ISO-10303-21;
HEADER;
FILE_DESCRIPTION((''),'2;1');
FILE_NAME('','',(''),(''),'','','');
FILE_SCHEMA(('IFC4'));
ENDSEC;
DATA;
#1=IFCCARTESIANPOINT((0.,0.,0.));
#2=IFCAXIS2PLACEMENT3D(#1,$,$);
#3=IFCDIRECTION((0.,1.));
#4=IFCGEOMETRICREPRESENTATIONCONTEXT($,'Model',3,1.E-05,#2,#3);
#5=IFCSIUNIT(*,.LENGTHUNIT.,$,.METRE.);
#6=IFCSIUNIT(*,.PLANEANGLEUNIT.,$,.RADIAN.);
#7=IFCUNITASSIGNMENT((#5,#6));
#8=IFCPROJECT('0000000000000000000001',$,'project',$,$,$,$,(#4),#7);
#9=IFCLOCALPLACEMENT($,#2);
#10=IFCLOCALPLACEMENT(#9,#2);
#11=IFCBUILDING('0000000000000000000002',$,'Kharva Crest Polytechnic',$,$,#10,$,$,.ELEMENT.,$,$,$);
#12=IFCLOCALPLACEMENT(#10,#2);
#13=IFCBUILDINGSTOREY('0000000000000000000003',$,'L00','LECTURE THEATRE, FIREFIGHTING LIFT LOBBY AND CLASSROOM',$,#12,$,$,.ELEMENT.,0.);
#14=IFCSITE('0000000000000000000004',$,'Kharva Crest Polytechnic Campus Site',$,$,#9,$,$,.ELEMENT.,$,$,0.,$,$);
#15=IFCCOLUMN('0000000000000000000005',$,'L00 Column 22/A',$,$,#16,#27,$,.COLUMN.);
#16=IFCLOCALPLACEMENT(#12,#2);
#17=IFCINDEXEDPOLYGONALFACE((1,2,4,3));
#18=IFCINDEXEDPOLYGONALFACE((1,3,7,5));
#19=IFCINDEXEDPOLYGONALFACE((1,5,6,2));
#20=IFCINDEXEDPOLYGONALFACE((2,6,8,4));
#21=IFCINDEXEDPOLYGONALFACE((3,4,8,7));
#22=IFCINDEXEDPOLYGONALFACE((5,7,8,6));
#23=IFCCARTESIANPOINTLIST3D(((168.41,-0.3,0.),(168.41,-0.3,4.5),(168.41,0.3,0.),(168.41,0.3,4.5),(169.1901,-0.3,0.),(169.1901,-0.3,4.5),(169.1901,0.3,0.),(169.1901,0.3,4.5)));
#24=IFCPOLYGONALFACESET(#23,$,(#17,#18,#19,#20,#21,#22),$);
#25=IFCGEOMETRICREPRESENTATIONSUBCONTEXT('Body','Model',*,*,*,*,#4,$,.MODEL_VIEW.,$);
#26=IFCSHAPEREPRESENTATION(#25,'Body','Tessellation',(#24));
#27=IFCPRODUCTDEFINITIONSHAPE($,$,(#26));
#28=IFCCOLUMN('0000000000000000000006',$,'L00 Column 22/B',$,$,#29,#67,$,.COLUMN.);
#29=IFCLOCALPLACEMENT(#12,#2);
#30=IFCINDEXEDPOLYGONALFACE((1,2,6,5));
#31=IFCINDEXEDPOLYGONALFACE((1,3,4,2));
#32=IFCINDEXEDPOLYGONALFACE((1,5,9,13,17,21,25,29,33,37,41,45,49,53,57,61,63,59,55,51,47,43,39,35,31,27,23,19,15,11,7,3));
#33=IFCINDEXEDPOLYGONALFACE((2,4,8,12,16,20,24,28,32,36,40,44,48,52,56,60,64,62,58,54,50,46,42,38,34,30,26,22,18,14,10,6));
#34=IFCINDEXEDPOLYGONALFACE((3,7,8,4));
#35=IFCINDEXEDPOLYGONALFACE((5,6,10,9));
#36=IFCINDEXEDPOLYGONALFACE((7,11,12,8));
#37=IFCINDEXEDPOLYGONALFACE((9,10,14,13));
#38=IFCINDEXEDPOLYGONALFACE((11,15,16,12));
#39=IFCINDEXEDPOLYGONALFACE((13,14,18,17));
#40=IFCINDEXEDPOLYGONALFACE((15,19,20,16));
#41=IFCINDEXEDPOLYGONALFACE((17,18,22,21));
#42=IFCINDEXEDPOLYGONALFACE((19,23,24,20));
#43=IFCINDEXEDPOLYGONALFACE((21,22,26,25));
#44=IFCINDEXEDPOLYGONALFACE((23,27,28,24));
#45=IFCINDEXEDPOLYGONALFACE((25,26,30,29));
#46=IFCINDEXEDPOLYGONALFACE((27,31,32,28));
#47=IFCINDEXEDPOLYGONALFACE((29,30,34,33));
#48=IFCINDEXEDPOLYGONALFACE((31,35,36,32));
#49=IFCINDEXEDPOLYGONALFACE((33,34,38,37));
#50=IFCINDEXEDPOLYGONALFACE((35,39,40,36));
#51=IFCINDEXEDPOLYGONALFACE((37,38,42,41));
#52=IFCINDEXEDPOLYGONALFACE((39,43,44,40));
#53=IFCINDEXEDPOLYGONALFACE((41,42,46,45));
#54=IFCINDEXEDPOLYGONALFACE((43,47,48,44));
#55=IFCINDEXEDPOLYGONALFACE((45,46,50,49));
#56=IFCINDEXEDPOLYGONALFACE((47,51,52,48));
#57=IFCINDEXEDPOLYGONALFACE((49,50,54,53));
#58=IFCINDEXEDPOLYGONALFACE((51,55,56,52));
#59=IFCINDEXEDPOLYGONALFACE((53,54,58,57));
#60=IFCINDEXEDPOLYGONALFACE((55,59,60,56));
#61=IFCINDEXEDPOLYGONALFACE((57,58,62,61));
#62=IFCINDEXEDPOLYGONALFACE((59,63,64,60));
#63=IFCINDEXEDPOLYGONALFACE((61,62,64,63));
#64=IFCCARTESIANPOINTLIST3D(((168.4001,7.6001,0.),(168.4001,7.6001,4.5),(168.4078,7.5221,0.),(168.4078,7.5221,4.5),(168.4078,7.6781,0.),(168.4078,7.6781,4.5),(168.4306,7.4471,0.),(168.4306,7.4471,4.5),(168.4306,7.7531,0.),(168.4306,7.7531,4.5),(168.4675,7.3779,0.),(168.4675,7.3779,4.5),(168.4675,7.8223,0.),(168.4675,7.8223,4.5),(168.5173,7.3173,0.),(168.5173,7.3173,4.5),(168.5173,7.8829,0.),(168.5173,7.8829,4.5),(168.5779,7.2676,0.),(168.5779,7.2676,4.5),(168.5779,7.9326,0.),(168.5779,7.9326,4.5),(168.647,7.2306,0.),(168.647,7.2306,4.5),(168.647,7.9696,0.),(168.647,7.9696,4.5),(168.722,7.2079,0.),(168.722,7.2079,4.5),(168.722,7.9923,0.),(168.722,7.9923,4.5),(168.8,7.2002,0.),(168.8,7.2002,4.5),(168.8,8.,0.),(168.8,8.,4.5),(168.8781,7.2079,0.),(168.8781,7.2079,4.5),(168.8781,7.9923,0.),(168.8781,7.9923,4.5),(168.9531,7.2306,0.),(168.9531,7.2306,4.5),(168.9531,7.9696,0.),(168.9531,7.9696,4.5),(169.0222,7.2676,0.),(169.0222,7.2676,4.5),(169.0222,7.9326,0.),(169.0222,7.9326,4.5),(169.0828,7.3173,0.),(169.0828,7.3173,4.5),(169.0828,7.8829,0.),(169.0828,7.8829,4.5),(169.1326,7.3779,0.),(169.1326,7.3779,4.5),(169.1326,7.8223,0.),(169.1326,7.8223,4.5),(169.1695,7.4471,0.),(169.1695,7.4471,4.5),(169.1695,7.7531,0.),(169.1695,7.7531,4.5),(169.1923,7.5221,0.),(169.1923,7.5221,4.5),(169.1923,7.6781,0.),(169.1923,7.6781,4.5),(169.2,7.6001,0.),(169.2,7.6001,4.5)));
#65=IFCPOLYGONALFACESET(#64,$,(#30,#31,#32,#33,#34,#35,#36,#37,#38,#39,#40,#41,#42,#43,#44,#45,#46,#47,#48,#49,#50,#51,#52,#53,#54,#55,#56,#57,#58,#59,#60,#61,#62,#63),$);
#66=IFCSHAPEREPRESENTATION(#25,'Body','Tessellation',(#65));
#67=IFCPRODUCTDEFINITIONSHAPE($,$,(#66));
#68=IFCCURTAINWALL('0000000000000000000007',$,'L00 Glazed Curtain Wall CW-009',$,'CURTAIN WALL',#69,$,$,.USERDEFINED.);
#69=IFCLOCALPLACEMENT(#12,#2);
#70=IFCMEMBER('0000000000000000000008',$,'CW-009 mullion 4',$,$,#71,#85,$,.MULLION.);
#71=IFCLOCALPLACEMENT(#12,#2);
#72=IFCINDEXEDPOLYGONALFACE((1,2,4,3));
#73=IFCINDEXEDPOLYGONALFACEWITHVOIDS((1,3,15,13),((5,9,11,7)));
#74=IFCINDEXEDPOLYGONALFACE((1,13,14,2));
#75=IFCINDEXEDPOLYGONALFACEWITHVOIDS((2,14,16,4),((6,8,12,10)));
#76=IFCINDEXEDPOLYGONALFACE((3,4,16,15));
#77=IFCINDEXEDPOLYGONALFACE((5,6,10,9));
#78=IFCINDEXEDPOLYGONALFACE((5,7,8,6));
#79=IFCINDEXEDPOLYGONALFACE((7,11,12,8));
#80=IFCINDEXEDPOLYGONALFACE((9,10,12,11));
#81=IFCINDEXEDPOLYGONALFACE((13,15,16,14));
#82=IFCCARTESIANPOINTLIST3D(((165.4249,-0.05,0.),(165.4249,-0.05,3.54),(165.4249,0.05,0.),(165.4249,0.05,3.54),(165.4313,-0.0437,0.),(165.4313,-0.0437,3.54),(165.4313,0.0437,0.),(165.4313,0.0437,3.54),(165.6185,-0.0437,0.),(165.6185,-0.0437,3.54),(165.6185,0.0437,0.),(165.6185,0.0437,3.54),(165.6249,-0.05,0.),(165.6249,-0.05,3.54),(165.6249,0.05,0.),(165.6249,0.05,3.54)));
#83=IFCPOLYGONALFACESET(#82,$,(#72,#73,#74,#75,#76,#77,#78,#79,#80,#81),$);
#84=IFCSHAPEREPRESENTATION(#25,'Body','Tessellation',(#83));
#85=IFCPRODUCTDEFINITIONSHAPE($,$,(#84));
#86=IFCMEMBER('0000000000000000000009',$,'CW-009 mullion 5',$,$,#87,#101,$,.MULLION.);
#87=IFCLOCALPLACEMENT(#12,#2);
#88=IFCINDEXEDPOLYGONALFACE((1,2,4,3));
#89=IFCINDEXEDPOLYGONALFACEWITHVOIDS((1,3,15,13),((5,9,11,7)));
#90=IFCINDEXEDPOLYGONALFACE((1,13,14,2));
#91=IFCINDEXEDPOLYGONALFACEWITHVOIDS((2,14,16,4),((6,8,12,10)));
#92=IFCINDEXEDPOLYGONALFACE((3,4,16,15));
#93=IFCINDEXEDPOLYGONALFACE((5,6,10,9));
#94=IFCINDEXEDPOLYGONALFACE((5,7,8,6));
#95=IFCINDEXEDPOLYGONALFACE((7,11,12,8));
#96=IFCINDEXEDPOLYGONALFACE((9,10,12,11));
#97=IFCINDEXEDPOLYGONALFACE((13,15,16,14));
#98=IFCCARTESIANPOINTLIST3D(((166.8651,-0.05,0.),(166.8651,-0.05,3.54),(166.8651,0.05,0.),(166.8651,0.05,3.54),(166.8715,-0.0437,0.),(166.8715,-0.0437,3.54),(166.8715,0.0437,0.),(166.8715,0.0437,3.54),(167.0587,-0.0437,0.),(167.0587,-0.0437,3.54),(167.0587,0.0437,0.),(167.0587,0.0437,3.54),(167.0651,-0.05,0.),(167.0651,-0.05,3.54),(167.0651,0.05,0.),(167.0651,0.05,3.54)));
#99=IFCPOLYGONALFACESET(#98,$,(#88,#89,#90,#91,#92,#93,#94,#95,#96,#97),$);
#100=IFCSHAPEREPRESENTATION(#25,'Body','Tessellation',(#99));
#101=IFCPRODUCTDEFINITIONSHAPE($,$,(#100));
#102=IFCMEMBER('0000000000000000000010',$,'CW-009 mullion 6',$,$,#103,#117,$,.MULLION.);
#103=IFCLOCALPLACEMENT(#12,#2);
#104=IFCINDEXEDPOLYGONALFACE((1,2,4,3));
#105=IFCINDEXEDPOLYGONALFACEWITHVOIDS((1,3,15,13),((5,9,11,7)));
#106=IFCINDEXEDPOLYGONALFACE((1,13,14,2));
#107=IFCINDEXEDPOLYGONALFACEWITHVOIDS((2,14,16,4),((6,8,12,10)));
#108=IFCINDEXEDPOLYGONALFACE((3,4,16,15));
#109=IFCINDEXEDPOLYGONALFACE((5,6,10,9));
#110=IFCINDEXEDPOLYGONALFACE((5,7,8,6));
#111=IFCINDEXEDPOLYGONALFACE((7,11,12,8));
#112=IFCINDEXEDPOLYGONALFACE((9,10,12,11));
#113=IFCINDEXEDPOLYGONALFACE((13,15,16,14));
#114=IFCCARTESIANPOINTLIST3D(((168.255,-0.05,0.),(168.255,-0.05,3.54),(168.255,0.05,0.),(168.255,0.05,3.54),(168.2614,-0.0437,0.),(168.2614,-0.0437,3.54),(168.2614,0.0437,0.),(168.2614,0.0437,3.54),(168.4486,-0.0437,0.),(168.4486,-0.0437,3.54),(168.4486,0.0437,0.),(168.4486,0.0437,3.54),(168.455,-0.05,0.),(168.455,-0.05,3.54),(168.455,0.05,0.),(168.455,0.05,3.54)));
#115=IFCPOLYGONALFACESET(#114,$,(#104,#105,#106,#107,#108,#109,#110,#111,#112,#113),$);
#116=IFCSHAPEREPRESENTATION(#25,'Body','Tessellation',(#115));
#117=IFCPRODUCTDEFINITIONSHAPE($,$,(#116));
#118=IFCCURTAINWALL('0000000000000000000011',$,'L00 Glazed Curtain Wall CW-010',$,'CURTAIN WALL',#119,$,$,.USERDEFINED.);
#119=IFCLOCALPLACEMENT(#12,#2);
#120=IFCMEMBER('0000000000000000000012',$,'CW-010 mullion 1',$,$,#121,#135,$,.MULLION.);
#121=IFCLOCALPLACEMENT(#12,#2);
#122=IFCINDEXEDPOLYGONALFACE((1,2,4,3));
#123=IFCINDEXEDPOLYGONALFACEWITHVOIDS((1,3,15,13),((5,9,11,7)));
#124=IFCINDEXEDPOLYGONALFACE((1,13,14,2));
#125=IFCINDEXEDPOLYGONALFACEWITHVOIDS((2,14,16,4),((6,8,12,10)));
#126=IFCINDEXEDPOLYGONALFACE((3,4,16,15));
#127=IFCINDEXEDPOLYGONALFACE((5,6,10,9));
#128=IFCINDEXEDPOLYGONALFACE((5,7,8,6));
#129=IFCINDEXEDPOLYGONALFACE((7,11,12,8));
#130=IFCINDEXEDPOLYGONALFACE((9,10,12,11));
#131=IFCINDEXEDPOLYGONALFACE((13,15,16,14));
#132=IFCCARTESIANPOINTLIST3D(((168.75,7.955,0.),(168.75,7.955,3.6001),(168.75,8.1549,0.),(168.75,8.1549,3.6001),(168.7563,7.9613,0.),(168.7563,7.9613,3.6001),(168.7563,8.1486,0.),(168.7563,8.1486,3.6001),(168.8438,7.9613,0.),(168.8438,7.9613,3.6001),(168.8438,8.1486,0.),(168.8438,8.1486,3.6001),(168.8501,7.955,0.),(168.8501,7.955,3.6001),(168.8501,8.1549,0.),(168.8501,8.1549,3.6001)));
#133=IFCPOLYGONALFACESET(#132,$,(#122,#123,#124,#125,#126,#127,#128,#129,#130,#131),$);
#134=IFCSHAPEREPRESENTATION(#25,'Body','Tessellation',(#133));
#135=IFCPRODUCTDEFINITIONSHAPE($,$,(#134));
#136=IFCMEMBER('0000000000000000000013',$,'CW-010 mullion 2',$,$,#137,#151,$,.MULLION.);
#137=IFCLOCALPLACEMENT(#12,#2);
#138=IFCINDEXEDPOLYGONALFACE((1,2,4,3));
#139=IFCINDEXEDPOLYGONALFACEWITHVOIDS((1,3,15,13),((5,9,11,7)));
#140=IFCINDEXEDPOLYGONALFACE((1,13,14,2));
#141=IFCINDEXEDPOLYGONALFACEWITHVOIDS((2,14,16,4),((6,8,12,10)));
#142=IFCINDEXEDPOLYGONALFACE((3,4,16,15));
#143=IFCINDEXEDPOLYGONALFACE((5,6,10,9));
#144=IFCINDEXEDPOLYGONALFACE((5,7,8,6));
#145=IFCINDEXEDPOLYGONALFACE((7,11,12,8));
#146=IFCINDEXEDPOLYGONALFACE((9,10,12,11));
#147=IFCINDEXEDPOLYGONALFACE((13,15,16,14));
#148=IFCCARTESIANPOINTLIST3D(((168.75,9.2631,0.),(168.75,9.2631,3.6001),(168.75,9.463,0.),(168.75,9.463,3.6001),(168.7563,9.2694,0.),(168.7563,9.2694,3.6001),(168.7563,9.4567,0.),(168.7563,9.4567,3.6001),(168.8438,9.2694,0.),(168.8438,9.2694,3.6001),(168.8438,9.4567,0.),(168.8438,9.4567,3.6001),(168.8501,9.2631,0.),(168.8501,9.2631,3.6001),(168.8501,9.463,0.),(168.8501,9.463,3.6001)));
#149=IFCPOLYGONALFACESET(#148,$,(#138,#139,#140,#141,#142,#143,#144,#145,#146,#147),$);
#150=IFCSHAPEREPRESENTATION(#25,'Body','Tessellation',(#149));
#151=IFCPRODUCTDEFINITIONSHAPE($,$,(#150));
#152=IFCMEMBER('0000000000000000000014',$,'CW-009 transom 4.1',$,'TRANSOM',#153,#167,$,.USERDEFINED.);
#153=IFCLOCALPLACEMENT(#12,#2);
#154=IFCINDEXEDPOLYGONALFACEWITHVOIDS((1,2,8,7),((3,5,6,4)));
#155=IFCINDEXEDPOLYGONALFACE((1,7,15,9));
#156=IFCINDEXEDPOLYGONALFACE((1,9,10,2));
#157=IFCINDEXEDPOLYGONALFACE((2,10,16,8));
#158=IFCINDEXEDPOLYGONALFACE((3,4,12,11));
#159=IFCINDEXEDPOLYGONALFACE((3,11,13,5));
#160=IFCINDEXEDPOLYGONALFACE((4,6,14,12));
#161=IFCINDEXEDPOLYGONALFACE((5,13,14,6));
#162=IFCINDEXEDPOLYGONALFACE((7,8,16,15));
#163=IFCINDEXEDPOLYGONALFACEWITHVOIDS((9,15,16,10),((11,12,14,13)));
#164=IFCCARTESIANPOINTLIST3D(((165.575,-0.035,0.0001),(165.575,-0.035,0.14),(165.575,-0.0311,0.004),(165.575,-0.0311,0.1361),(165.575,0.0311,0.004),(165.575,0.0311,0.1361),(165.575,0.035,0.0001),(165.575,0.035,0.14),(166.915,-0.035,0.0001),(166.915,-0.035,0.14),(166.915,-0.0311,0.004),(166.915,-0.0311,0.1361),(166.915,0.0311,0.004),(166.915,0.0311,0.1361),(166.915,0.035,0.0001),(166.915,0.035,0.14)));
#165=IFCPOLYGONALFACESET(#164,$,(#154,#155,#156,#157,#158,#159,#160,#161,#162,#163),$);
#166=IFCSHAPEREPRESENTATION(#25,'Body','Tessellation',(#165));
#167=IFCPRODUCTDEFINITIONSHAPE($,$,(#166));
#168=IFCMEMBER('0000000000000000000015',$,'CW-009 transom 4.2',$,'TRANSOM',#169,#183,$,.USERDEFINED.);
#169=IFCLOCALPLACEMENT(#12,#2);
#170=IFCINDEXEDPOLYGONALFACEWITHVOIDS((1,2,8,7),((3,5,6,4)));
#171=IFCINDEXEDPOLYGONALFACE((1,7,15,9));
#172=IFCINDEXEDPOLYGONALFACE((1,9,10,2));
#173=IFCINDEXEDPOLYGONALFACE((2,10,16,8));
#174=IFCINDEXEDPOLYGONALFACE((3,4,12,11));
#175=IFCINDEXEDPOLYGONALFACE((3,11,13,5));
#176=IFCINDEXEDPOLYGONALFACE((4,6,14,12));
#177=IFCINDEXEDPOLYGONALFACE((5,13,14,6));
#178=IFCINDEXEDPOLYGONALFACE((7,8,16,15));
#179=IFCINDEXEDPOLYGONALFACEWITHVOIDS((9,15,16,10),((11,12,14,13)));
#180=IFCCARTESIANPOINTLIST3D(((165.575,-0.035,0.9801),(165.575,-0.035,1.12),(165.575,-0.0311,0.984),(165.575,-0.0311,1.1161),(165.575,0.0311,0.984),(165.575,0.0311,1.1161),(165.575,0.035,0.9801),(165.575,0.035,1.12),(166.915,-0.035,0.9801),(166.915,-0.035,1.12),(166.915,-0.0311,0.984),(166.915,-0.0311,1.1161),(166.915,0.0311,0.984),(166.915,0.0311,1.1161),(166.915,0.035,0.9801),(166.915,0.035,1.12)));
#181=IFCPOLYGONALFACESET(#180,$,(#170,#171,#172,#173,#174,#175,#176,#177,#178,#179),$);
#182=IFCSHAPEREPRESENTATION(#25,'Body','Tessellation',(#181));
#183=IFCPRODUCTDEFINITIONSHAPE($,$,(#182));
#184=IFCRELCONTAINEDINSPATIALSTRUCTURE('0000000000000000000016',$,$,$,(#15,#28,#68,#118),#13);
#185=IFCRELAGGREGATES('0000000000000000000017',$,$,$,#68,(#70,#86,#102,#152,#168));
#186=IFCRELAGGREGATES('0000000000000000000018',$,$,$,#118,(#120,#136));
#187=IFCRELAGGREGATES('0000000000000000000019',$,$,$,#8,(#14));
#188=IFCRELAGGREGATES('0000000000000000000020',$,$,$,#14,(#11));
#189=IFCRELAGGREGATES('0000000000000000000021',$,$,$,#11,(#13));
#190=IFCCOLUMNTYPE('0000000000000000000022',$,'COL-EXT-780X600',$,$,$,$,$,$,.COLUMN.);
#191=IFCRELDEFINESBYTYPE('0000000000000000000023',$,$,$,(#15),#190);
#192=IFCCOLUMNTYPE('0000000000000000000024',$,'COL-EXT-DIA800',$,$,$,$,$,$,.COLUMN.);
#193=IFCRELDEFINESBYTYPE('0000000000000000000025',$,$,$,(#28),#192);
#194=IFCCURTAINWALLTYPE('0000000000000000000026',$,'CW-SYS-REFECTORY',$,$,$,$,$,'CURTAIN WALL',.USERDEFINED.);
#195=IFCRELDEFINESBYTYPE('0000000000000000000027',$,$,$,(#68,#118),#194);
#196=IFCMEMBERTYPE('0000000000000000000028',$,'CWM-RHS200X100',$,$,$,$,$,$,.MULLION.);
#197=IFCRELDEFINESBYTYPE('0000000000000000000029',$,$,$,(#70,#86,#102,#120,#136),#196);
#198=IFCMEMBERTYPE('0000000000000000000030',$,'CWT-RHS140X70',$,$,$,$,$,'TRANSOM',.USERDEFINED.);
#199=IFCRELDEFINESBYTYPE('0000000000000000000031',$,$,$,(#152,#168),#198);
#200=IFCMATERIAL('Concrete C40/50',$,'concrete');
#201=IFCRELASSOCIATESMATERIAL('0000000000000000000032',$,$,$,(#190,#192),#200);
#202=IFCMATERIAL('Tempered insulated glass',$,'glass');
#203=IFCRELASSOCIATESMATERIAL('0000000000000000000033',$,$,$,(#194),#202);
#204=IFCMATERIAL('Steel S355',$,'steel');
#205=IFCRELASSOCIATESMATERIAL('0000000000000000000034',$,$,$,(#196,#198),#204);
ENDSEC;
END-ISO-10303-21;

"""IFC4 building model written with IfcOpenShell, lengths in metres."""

from ifc_helpers import new_model, si_unit, direction, frame, origin, origin_2d, place, context, subcontext, project, spatial, rectangle, hollow_rectangle, circle, extrude, material, material_profile, profile_set, type_object, element, aggregate, save


model = new_model("IFC4")

# Units and contexts
model_context = context("Model", 3, precision=1e-05, world=origin(), true_north=direction((0.0, 1.0)))
body_context = subcontext(model_context, "Body", "Model", "MODEL_VIEW")
ifc_project = project(units=[si_unit("LENGTHUNIT", "METRE"), si_unit("PLANEANGLEUNIT", "RADIAN")], contexts=[model_context])

# Site, building, storey
site_placement = place(None, origin())
site = spatial("IfcSite", under=ifc_project, at=site_placement, Name="Kharva Crest Polytechnic Campus Site", CompositionType="ELEMENT", RefElevation=0.0)
building_placement = place(site_placement, origin())
building = spatial("IfcBuilding", under=site, at=building_placement, Name="Kharva Crest Polytechnic", CompositionType="ELEMENT")
storey_placement = place(building_placement, origin())
storey = spatial("IfcBuildingStorey", under=building, at=storey_placement, Name="L00", Description="LECTURE THEATRE, FIREFIGHTING LIFT LOBBY AND CLASSROOM", CompositionType="ELEMENT", Elevation=0.0)

# Columns
ifc_material_1 = material(Name="Concrete C40/50", Category="concrete")
ifc_material_profile_1 = material_profile(ifc_material_1, rectangle(XDim=0.78, YDim=0.6001, at=origin_2d()), Name="RECT 780 X 600")
ifc_profile_set_1 = profile_set([ifc_material_profile_1], Name="Concrete C40/50")
column_type_1 = type_object("IfcColumnType", Name="COL-EXT-780X600", PredefinedType="COLUMN", material=ifc_profile_set_1)
column_1_placement = place(storey_placement, frame((168.8, 0.0, 0.0), z_axis=(0.0, 0.0, 1.0), x_axis=(1.0, 0.0, 0.0)))
element("IfcColumn", 1, at=column_1_placement, inside=storey, type_object=column_type_1, Name="L00 Column 22/A", PredefinedType="COLUMN", context=body_context, shape_type="SweptSolid", body=[
    extrude(rectangle(XDim=0.78, YDim=0.6001, at=origin_2d()), origin(), (0.0, 0.0, 1.0), 4.5),
])
ifc_material_profile_2 = material_profile(ifc_material_1, circle(Radius=0.3999, at=origin_2d()), Name="DIA 800")
ifc_profile_set_2 = profile_set([ifc_material_profile_2], Name="Concrete C40/50")
column_type_2 = type_object("IfcColumnType", Name="COL-EXT-DIA800", PredefinedType="COLUMN", material=ifc_profile_set_2)
column_2_placement = place(storey_placement, frame((168.8, 7.6001, 0.0), z_axis=(0.0, 0.0, 1.0), x_axis=(1.0, 0.0, 0.0)))
element("IfcColumn", 2, at=column_2_placement, inside=storey, type_object=column_type_2, Name="L00 Column 22/B", PredefinedType="COLUMN", context=body_context, shape_type="SweptSolid", body=[
    extrude(circle(Radius=0.3999, at=origin_2d()), origin(), (0.0, 0.0, 1.0), 4.5),
])

# Curtain walls, members
ifc_material_2 = material(Name="Tempered insulated glass", Category="glass")
curtain_wall_type = type_object("IfcCurtainWallType", Name="CW-SYS-REFECTORY", ElementType="CURTAIN WALL", PredefinedType="USERDEFINED", material=ifc_material_2)
curtain_wall_1_placement = place(storey_placement, origin())
curtain_wall_1 = element("IfcCurtainWall", 3, at=curtain_wall_1_placement, inside=storey, type_object=curtain_wall_type, Name="L00 Glazed Curtain Wall CW-009", ObjectType="CURTAIN WALL", PredefinedType="USERDEFINED")
ifc_material_3 = material(Name="Steel S355", Category="steel")
ifc_material_profile_3 = material_profile(ifc_material_3, hollow_rectangle(XDim=0.1001, YDim=0.2, WallThickness=0.0063, at=origin_2d()), Name="RHS 200X100X6.3")
ifc_profile_set_3 = profile_set([ifc_material_profile_3], Name="Steel S355")
member_type_1 = type_object("IfcMemberType", Name="CWM-RHS200X100", PredefinedType="MULLION", material=ifc_profile_set_3)
member_1_placement = place(storey_placement, frame((165.5249, 0.0, 0.0), z_axis=(0.0, 0.0, 1.0), x_axis=(0.0, 1.0, 0.0)))
member_1 = element("IfcMember", 4, at=member_1_placement, type_object=member_type_1, Name="CW-009 mullion 4", PredefinedType="MULLION", context=body_context, shape_type="SweptSolid", body=[
    extrude(hollow_rectangle(XDim=0.1001, YDim=0.2, WallThickness=0.0063, at=origin_2d()), origin(), (0.0, 0.0, 1.0), 3.54),
])
member_2_placement = place(storey_placement, frame((166.9651, 0.0, 0.0), z_axis=(0.0, 0.0, 1.0), x_axis=(0.0, 1.0, 0.0)))
member_2 = element("IfcMember", 5, at=member_2_placement, type_object=member_type_1, Name="CW-009 mullion 5", PredefinedType="MULLION", context=body_context, shape_type="SweptSolid", body=[
    extrude(hollow_rectangle(XDim=0.1001, YDim=0.2, WallThickness=0.0063, at=origin_2d()), origin(), (0.0, 0.0, 1.0), 3.54),
])
member_3_placement = place(storey_placement, frame((168.355, 0.0, 0.0), z_axis=(0.0, 0.0, 1.0), x_axis=(0.0, 1.0, 0.0)))
member_3 = element("IfcMember", 6, at=member_3_placement, type_object=member_type_1, Name="CW-009 mullion 6", PredefinedType="MULLION", context=body_context, shape_type="SweptSolid", body=[
    extrude(hollow_rectangle(XDim=0.1001, YDim=0.2, WallThickness=0.0063, at=origin_2d()), origin(), (0.0, 0.0, 1.0), 3.54),
])
curtain_wall_2_placement = place(storey_placement, origin())
curtain_wall_2 = element("IfcCurtainWall", 7, at=curtain_wall_2_placement, inside=storey, type_object=curtain_wall_type, Name="L00 Glazed Curtain Wall CW-010", ObjectType="CURTAIN WALL", PredefinedType="USERDEFINED")
member_4_placement = place(storey_placement, frame((168.8, 8.0549, 0.0), z_axis=(0.0, 0.0, 1.0), x_axis=(-1.0, 0.0, 0.0)))
member_4 = element("IfcMember", 8, at=member_4_placement, type_object=member_type_1, Name="CW-010 mullion 1", PredefinedType="MULLION", context=body_context, shape_type="SweptSolid", body=[
    extrude(hollow_rectangle(XDim=0.1001, YDim=0.2, WallThickness=0.0063, at=origin_2d()), origin(), (0.0, 0.0, 1.0), 3.6001),
])
member_5_placement = place(storey_placement, frame((168.8, 9.363, 0.0), z_axis=(0.0, 0.0, 1.0), x_axis=(-1.0, 0.0, 0.0)))
member_5 = element("IfcMember", 9, at=member_5_placement, type_object=member_type_1, Name="CW-010 mullion 2", PredefinedType="MULLION", context=body_context, shape_type="SweptSolid", body=[
    extrude(hollow_rectangle(XDim=0.1001, YDim=0.2, WallThickness=0.0063, at=origin_2d()), origin(), (0.0, 0.0, 1.0), 3.6001),
])

# Members
ifc_material_profile_4 = material_profile(ifc_material_3, hollow_rectangle(XDim=0.0701, YDim=0.1399, WallThickness=0.0039, at=origin_2d()), Name="RHS 140X70X4.0")
ifc_profile_set_4 = profile_set([ifc_material_profile_4], Name="Steel S355")
member_type_2 = type_object("IfcMemberType", Name="CWT-RHS140X70", ElementType="TRANSOM", PredefinedType="USERDEFINED", material=ifc_profile_set_4)
member_6_placement = place(storey_placement, frame((165.575, 0.0, 0.0701), z_axis=(1.0, 0.0, 0.0), x_axis=(0.0, 1.0, 0.0)))
member_6 = element("IfcMember", 10, at=member_6_placement, type_object=member_type_2, Name="CW-009 transom 4.1", ObjectType="TRANSOM", PredefinedType="USERDEFINED", context=body_context, shape_type="SweptSolid", body=[
    extrude(hollow_rectangle(XDim=0.0701, YDim=0.1399, WallThickness=0.0039, at=origin_2d()), origin(), (0.0, 0.0, 1.0), 1.3401),
])
member_7_placement = place(storey_placement, frame((165.575, 0.0, 1.05), z_axis=(1.0, 0.0, 0.0), x_axis=(0.0, 1.0, 0.0)))
member_7 = element("IfcMember", 11, at=member_7_placement, type_object=member_type_2, Name="CW-009 transom 4.2", ObjectType="TRANSOM", PredefinedType="USERDEFINED", context=body_context, shape_type="SweptSolid", body=[
    extrude(hollow_rectangle(XDim=0.0701, YDim=0.1399, WallThickness=0.0039, at=origin_2d()), origin(), (0.0, 0.0, 1.0), 1.3401),
])

aggregate(curtain_wall_1, [member_1, member_2, member_3, member_6, member_7])
aggregate(curtain_wall_2, [member_4, member_5])

save(model, "model.ifc")
